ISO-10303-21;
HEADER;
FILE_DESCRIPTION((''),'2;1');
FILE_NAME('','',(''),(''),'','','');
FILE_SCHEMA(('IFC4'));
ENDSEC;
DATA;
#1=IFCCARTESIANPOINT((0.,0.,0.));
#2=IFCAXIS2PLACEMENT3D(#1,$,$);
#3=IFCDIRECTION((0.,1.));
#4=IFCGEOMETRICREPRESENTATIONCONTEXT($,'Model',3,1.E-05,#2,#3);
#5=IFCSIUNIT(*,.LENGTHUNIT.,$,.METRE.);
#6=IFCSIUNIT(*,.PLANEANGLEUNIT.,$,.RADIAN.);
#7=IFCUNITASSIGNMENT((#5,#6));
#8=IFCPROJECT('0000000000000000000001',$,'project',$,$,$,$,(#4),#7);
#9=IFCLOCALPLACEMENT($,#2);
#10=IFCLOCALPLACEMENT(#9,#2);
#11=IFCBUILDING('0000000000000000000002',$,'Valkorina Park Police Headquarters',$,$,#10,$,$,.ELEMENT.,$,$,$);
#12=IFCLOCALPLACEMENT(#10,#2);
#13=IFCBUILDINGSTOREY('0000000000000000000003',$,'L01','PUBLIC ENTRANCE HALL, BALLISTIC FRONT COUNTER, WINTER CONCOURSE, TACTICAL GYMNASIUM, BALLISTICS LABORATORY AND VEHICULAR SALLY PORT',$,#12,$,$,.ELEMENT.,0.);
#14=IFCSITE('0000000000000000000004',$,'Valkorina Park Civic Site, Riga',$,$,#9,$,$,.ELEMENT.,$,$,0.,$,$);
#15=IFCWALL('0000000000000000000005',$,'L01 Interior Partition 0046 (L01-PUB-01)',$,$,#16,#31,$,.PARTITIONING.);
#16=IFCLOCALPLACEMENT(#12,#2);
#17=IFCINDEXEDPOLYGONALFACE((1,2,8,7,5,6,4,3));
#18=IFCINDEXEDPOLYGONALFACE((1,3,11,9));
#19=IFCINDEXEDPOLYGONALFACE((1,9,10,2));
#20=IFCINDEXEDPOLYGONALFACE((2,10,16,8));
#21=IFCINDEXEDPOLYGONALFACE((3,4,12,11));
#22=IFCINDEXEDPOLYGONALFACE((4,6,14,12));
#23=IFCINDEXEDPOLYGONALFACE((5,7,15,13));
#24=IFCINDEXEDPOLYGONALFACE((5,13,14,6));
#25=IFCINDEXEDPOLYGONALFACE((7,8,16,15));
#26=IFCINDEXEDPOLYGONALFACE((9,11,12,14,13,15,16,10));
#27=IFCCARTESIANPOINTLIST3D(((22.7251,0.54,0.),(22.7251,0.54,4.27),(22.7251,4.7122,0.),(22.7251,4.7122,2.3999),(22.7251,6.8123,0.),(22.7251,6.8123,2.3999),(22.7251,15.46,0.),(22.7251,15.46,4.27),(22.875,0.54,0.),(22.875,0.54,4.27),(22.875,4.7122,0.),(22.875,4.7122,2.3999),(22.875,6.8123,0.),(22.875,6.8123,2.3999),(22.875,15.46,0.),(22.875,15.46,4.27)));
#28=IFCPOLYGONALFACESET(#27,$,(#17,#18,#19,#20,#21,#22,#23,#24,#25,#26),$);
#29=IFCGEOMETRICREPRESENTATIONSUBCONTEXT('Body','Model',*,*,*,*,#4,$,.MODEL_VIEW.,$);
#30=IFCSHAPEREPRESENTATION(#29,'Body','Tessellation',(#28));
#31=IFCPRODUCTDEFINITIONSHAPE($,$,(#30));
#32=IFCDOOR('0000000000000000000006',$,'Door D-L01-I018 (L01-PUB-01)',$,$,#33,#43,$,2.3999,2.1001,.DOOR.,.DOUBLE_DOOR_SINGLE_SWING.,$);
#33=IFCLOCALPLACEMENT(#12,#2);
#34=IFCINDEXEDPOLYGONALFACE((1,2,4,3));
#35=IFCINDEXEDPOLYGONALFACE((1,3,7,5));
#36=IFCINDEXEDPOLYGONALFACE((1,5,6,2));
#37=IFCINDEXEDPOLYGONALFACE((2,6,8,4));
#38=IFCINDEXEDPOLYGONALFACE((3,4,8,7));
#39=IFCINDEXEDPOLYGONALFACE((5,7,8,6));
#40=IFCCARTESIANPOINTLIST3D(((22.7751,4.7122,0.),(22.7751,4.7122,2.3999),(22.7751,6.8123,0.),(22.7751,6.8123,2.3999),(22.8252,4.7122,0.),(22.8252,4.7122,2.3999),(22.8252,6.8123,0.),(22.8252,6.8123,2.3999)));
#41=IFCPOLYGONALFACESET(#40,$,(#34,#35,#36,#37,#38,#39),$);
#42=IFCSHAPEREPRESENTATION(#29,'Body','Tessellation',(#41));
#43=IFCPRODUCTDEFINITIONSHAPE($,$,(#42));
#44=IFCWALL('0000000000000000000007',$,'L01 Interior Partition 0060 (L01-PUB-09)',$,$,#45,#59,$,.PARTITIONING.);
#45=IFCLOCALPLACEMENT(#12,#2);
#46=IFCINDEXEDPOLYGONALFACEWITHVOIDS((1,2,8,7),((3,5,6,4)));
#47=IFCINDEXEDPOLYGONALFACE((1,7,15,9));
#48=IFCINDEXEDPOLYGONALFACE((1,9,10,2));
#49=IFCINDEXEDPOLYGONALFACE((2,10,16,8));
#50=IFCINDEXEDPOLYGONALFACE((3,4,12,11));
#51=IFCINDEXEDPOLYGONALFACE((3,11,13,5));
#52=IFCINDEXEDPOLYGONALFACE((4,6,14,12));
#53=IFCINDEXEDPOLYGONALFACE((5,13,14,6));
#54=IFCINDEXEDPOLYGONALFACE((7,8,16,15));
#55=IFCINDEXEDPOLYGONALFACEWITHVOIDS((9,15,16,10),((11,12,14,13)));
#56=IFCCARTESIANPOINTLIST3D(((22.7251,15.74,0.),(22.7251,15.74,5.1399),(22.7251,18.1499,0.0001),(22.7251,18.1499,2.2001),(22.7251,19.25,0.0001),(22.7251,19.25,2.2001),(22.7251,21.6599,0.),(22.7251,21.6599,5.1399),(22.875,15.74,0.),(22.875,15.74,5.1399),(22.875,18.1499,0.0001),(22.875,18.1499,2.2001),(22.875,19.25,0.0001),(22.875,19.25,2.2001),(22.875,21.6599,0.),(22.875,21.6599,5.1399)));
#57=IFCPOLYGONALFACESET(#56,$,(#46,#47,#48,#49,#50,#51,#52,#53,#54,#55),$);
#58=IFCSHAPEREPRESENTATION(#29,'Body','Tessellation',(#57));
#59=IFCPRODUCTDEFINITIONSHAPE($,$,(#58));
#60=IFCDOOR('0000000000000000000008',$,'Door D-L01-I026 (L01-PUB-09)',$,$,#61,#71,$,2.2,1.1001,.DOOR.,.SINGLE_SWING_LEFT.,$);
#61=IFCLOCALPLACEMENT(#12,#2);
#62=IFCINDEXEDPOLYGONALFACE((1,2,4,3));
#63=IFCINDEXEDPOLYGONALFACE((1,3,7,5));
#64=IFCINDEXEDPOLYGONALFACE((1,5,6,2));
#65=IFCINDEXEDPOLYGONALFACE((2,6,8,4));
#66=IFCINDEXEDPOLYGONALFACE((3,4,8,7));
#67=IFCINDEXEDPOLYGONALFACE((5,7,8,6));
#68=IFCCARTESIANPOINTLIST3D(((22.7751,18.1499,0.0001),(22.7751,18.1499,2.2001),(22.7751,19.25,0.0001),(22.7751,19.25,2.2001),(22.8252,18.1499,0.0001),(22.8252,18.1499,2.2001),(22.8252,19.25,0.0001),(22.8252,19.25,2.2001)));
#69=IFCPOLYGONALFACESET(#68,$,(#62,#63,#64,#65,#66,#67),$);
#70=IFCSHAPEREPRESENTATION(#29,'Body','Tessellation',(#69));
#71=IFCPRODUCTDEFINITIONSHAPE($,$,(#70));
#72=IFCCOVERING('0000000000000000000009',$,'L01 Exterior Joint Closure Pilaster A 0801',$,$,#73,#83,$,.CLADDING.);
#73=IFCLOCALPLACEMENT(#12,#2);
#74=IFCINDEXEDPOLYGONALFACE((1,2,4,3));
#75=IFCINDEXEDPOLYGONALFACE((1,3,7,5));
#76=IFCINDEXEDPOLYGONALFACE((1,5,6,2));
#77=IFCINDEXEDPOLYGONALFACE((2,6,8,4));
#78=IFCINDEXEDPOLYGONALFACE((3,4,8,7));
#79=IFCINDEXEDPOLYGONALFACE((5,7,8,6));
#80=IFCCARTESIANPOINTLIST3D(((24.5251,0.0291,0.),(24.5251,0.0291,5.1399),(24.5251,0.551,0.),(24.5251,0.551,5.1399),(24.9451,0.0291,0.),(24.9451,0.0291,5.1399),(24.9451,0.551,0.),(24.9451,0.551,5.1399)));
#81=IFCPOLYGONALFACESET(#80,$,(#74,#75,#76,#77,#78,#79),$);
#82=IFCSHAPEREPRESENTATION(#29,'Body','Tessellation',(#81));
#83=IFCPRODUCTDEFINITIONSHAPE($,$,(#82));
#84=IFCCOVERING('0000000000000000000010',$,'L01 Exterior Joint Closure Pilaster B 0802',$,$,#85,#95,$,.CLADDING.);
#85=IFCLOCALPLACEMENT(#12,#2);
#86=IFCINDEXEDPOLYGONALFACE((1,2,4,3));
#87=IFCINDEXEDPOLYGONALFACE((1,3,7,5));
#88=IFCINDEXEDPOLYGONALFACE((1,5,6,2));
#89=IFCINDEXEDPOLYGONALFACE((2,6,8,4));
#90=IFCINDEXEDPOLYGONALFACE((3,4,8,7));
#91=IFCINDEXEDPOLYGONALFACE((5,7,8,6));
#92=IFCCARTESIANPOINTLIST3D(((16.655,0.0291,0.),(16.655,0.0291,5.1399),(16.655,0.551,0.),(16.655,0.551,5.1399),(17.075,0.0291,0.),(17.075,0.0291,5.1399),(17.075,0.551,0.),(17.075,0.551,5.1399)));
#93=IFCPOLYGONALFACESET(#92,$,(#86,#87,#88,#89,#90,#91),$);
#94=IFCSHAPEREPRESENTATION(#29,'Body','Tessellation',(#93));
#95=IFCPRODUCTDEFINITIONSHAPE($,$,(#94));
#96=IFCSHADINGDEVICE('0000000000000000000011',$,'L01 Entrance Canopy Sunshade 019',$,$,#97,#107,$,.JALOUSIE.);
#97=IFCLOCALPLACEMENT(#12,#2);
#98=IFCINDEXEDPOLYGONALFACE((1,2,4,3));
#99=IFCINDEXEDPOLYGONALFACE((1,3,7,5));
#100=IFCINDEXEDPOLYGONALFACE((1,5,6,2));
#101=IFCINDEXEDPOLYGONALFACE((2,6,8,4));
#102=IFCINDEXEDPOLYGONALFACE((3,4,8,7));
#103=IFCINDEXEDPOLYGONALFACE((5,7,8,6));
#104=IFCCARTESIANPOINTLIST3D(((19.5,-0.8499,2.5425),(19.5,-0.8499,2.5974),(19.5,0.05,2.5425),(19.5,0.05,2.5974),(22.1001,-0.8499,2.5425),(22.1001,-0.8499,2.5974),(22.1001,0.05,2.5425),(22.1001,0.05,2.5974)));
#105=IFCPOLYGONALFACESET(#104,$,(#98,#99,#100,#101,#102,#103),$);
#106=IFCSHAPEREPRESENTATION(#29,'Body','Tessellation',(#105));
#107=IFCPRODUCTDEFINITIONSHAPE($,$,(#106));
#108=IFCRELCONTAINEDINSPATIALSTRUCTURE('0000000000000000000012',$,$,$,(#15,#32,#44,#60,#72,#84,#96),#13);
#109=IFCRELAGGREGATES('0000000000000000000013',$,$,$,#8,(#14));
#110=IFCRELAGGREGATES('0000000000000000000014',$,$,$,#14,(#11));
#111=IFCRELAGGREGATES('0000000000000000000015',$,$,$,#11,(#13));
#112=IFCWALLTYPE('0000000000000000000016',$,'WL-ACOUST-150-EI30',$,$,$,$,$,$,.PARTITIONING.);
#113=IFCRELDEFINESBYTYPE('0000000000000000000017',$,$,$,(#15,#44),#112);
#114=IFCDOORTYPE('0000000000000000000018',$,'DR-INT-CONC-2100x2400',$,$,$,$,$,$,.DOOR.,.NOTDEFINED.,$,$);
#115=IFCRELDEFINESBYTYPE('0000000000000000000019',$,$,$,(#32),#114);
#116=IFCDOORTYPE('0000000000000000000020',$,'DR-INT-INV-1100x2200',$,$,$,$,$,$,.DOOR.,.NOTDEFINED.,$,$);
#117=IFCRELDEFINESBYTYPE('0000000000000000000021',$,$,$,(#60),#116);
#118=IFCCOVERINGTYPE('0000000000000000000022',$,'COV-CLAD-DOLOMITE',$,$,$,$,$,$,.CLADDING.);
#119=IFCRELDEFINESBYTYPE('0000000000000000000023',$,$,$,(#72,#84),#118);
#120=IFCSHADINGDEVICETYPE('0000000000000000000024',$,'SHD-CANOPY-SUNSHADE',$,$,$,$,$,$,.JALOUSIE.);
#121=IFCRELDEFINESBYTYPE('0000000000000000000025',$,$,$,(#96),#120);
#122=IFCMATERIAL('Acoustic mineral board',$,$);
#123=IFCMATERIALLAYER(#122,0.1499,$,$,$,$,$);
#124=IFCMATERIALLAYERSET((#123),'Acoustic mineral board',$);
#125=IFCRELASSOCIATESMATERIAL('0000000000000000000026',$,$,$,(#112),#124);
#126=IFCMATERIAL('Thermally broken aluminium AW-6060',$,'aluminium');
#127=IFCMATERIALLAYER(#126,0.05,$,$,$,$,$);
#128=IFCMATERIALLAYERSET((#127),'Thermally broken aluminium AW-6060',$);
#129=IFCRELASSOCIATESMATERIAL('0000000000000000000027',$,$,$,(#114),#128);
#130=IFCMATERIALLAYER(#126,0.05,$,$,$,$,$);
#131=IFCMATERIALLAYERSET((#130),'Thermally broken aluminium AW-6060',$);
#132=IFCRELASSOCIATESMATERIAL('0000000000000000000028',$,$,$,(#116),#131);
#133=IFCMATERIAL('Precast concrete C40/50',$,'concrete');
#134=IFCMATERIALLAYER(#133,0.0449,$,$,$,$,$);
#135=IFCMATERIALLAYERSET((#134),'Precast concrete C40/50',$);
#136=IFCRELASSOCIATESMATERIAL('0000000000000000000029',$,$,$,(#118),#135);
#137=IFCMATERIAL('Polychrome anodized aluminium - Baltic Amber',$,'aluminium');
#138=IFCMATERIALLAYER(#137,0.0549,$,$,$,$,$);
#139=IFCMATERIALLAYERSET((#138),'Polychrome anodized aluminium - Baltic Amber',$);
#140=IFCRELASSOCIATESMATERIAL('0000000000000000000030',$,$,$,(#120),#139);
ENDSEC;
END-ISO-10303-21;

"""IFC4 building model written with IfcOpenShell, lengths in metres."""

from ifc_helpers import new_model, si_unit, direction, frame, frame_2d, origin, origin_2d, place, context, subcontext, project, spatial, rectangle, extrude, material, layer, layer_set, type_object, element, fill, save


model = new_model("IFC4")

# Units and contexts
model_context = context("Model", 3, precision=1e-05, world=origin(), true_north=direction((0.0, 1.0)))
body_context = subcontext(model_context, "Body", "Model", "MODEL_VIEW")
ifc_project = project(units=[si_unit("LENGTHUNIT", "METRE"), si_unit("PLANEANGLEUNIT", "RADIAN")], contexts=[model_context])

# Site, building, storey
site_placement = place(None, origin())
site = spatial("IfcSite", under=ifc_project, at=site_placement, Name="Valkorina Park Civic Site, Riga", CompositionType="ELEMENT", RefElevation=0.0)
building_placement = place(site_placement, origin())
building = spatial("IfcBuilding", under=site, at=building_placement, Name="Valkorina Park Police Headquarters", CompositionType="ELEMENT")
storey_placement = place(building_placement, origin())
storey = spatial("IfcBuildingStorey", under=building, at=storey_placement, Name="L01", Description="PUBLIC ENTRANCE HALL, BALLISTIC FRONT COUNTER, WINTER CONCOURSE, TACTICAL GYMNASIUM, BALLISTICS LABORATORY AND VEHICULAR SALLY PORT", CompositionType="ELEMENT", Elevation=0.0)

# Shared definitions
ifc_material_1 = material(Name="Acoustic mineral board")
ifc_layer_1 = layer(ifc_material_1, 0.1499)
ifc_layer_set_1 = layer_set([ifc_layer_1], Name="Acoustic mineral board")
wall_type = type_object("IfcWallType", Name="WL-ACOUST-150-EI30", PredefinedType="PARTITIONING", material=ifc_layer_set_1)

# Walls, openings, doors
wall_1_placement = place(storey_placement, frame((22.8, 0.54, 0.0), z_axis=(0.0, 0.0, 1.0), x_axis=(0.0, 1.0, 0.0)))
wall_1 = element("IfcWall", 1, at=wall_1_placement, inside=storey, type_object=wall_type, Name="L01 Interior Partition 0046 (L01-PUB-01)", PredefinedType="PARTITIONING", context=body_context, shape_type="SweptSolid", body=[
    extrude(rectangle(XDim=14.9199, YDim=0.1499, at=frame_2d((7.46, 0.0))), origin(), (0.0, 0.0, 1.0), 4.27),
])
opening_1_placement = place(wall_1_placement, frame((4.1721, 0.0, 0.0)))
opening_1 = element("IfcOpeningElement", 2, at=opening_1_placement, cuts=wall_1, PredefinedType="OPENING", context=body_context, shape_type="SweptSolid", body=[
    extrude(rectangle(XDim=2.1001, YDim=2.3999, at=frame_2d((1.05, 1.2))), frame((0.0, 0.085, 0.0), z_axis=(0.0, -1.0, 0.0), x_axis=(1.0, 0.0, 0.0)), (0.0, 0.0, 1.0), 0.1699),
])
ifc_material_2 = material(Name="Thermally broken aluminium AW-6060", Category="aluminium")
ifc_layer_2 = layer(ifc_material_2, 0.05)
ifc_layer_set_2 = layer_set([ifc_layer_2], Name="Thermally broken aluminium AW-6060")
door_type_1 = type_object("IfcDoorType", Name="DR-INT-CONC-2100x2400", OperationType="NOTDEFINED", PredefinedType="DOOR", material=ifc_layer_set_2)
door_1_placement = place(opening_1_placement, origin())
door_1 = element("IfcDoor", 3, at=door_1_placement, inside=storey, type_object=door_type_1, Name="Door D-L01-I018 (L01-PUB-01)", OperationType="DOUBLE_DOOR_SINGLE_SWING", OverallHeight=2.3999, OverallWidth=2.1001, PredefinedType="DOOR", context=body_context, shape_type="SweptSolid", body=[
    extrude(rectangle(XDim=2.1001, YDim=2.3999, at=frame_2d((1.05, 1.2))), frame((0.0, 0.0249, 0.0), z_axis=(0.0, -1.0, 0.0), x_axis=(1.0, 0.0, 0.0)), (0.0, 0.0, 1.0), 0.05),
])
fill(opening_1, door_1)
wall_2_placement = place(storey_placement, frame((22.8, 15.74, 0.0), z_axis=(0.0, 0.0, 1.0), x_axis=(0.0, 1.0, 0.0)))
wall_2 = element("IfcWall", 4, at=wall_2_placement, inside=storey, type_object=wall_type, Name="L01 Interior Partition 0060 (L01-PUB-09)", PredefinedType="PARTITIONING", context=body_context, shape_type="SweptSolid", body=[
    extrude(rectangle(XDim=5.9199, YDim=0.1499, at=frame_2d((2.96, 0.0))), origin(), (0.0, 0.0, 1.0), 5.1399),
])
opening_2_placement = place(wall_2_placement, frame((2.4099, 0.0, 0.0)))
opening_2 = element("IfcOpeningElement", 5, at=opening_2_placement, cuts=wall_2, PredefinedType="OPENING", context=body_context, shape_type="SweptSolid", body=[
    extrude(rectangle(XDim=1.1001, YDim=2.2, at=frame_2d((0.55, 1.1001))), frame((0.0, 0.085, 0.0), z_axis=(0.0, -1.0, 0.0), x_axis=(1.0, 0.0, 0.0)), (0.0, 0.0, 1.0), 0.1699),
])
ifc_layer_3 = layer(ifc_material_2, 0.05)
ifc_layer_set_3 = layer_set([ifc_layer_3], Name="Thermally broken aluminium AW-6060")
door_type_2 = type_object("IfcDoorType", Name="DR-INT-INV-1100x2200", OperationType="NOTDEFINED", PredefinedType="DOOR", material=ifc_layer_set_3)
door_2_placement = place(opening_2_placement, origin())
door_2 = element("IfcDoor", 6, at=door_2_placement, inside=storey, type_object=door_type_2, Name="Door D-L01-I026 (L01-PUB-09)", OperationType="SINGLE_SWING_LEFT", OverallHeight=2.2, OverallWidth=1.1001, PredefinedType="DOOR", context=body_context, shape_type="SweptSolid", body=[
    extrude(rectangle(XDim=1.1001, YDim=2.2, at=frame_2d((0.55, 1.1001))), frame((0.0, 0.0249, 0.0), z_axis=(0.0, -1.0, 0.0), x_axis=(1.0, 0.0, 0.0)), (0.0, 0.0, 1.0), 0.05),
])
fill(opening_2, door_2)

# Coverings
ifc_material_3 = material(Name="Precast concrete C40/50", Category="concrete")
ifc_layer_4 = layer(ifc_material_3, 0.0449)
ifc_layer_set_4 = layer_set([ifc_layer_4], Name="Precast concrete C40/50")
covering_type = type_object("IfcCoveringType", Name="COV-CLAD-DOLOMITE", PredefinedType="CLADDING", material=ifc_layer_set_4)
for number, where, z_axis, x_axis, name in (
    (7, (24.7351, 0.29, 0.0), (0.0, 0.0, 1.0), (1.0, 0.0, 0.0), "L01 Exterior Joint Closure Pilaster A 0801"),
    (8, (16.865, 0.29, 0.0), (0.0, 0.0, 1.0), (1.0, 0.0, 0.0), "L01 Exterior Joint Closure Pilaster B 0802"),
):
    element("IfcCovering", number, at=place(storey_placement, frame(where, z_axis=z_axis, x_axis=x_axis)), inside=storey, type_object=covering_type, Name=name, PredefinedType="CLADDING", context=body_context, shape_type="SweptSolid", body=[
        extrude(rectangle(XDim=0.4199, YDim=0.522, at=origin_2d()), origin(), (0.0, 0.0, 1.0), 5.1399),
    ])

# Shading device
ifc_material_4 = material(Name="Polychrome anodized aluminium - Baltic Amber", Category="aluminium")
ifc_layer_5 = layer(ifc_material_4, 0.0549)
ifc_layer_set_5 = layer_set([ifc_layer_5], Name="Polychrome anodized aluminium - Baltic Amber")
shading_device_type = type_object("IfcShadingDeviceType", Name="SHD-CANOPY-SUNSHADE", PredefinedType="JALOUSIE", material=ifc_layer_set_5)
shading_device_placement = place(storey_placement, frame((20.8, -0.3999, 2.5425), z_axis=(0.0, 0.0, 1.0), x_axis=(-1.0, 0.0, 0.0)))
element("IfcShadingDevice", 9, at=shading_device_placement, inside=storey, type_object=shading_device_type, Name="L01 Entrance Canopy Sunshade 019", PredefinedType="JALOUSIE", context=body_context, shape_type="SweptSolid", body=[
    extrude(rectangle(XDim=2.6001, YDim=0.8999, at=origin_2d()), origin(), (0.0, 0.0, 1.0), 0.0549),
])

save(model, "model.ifc")
